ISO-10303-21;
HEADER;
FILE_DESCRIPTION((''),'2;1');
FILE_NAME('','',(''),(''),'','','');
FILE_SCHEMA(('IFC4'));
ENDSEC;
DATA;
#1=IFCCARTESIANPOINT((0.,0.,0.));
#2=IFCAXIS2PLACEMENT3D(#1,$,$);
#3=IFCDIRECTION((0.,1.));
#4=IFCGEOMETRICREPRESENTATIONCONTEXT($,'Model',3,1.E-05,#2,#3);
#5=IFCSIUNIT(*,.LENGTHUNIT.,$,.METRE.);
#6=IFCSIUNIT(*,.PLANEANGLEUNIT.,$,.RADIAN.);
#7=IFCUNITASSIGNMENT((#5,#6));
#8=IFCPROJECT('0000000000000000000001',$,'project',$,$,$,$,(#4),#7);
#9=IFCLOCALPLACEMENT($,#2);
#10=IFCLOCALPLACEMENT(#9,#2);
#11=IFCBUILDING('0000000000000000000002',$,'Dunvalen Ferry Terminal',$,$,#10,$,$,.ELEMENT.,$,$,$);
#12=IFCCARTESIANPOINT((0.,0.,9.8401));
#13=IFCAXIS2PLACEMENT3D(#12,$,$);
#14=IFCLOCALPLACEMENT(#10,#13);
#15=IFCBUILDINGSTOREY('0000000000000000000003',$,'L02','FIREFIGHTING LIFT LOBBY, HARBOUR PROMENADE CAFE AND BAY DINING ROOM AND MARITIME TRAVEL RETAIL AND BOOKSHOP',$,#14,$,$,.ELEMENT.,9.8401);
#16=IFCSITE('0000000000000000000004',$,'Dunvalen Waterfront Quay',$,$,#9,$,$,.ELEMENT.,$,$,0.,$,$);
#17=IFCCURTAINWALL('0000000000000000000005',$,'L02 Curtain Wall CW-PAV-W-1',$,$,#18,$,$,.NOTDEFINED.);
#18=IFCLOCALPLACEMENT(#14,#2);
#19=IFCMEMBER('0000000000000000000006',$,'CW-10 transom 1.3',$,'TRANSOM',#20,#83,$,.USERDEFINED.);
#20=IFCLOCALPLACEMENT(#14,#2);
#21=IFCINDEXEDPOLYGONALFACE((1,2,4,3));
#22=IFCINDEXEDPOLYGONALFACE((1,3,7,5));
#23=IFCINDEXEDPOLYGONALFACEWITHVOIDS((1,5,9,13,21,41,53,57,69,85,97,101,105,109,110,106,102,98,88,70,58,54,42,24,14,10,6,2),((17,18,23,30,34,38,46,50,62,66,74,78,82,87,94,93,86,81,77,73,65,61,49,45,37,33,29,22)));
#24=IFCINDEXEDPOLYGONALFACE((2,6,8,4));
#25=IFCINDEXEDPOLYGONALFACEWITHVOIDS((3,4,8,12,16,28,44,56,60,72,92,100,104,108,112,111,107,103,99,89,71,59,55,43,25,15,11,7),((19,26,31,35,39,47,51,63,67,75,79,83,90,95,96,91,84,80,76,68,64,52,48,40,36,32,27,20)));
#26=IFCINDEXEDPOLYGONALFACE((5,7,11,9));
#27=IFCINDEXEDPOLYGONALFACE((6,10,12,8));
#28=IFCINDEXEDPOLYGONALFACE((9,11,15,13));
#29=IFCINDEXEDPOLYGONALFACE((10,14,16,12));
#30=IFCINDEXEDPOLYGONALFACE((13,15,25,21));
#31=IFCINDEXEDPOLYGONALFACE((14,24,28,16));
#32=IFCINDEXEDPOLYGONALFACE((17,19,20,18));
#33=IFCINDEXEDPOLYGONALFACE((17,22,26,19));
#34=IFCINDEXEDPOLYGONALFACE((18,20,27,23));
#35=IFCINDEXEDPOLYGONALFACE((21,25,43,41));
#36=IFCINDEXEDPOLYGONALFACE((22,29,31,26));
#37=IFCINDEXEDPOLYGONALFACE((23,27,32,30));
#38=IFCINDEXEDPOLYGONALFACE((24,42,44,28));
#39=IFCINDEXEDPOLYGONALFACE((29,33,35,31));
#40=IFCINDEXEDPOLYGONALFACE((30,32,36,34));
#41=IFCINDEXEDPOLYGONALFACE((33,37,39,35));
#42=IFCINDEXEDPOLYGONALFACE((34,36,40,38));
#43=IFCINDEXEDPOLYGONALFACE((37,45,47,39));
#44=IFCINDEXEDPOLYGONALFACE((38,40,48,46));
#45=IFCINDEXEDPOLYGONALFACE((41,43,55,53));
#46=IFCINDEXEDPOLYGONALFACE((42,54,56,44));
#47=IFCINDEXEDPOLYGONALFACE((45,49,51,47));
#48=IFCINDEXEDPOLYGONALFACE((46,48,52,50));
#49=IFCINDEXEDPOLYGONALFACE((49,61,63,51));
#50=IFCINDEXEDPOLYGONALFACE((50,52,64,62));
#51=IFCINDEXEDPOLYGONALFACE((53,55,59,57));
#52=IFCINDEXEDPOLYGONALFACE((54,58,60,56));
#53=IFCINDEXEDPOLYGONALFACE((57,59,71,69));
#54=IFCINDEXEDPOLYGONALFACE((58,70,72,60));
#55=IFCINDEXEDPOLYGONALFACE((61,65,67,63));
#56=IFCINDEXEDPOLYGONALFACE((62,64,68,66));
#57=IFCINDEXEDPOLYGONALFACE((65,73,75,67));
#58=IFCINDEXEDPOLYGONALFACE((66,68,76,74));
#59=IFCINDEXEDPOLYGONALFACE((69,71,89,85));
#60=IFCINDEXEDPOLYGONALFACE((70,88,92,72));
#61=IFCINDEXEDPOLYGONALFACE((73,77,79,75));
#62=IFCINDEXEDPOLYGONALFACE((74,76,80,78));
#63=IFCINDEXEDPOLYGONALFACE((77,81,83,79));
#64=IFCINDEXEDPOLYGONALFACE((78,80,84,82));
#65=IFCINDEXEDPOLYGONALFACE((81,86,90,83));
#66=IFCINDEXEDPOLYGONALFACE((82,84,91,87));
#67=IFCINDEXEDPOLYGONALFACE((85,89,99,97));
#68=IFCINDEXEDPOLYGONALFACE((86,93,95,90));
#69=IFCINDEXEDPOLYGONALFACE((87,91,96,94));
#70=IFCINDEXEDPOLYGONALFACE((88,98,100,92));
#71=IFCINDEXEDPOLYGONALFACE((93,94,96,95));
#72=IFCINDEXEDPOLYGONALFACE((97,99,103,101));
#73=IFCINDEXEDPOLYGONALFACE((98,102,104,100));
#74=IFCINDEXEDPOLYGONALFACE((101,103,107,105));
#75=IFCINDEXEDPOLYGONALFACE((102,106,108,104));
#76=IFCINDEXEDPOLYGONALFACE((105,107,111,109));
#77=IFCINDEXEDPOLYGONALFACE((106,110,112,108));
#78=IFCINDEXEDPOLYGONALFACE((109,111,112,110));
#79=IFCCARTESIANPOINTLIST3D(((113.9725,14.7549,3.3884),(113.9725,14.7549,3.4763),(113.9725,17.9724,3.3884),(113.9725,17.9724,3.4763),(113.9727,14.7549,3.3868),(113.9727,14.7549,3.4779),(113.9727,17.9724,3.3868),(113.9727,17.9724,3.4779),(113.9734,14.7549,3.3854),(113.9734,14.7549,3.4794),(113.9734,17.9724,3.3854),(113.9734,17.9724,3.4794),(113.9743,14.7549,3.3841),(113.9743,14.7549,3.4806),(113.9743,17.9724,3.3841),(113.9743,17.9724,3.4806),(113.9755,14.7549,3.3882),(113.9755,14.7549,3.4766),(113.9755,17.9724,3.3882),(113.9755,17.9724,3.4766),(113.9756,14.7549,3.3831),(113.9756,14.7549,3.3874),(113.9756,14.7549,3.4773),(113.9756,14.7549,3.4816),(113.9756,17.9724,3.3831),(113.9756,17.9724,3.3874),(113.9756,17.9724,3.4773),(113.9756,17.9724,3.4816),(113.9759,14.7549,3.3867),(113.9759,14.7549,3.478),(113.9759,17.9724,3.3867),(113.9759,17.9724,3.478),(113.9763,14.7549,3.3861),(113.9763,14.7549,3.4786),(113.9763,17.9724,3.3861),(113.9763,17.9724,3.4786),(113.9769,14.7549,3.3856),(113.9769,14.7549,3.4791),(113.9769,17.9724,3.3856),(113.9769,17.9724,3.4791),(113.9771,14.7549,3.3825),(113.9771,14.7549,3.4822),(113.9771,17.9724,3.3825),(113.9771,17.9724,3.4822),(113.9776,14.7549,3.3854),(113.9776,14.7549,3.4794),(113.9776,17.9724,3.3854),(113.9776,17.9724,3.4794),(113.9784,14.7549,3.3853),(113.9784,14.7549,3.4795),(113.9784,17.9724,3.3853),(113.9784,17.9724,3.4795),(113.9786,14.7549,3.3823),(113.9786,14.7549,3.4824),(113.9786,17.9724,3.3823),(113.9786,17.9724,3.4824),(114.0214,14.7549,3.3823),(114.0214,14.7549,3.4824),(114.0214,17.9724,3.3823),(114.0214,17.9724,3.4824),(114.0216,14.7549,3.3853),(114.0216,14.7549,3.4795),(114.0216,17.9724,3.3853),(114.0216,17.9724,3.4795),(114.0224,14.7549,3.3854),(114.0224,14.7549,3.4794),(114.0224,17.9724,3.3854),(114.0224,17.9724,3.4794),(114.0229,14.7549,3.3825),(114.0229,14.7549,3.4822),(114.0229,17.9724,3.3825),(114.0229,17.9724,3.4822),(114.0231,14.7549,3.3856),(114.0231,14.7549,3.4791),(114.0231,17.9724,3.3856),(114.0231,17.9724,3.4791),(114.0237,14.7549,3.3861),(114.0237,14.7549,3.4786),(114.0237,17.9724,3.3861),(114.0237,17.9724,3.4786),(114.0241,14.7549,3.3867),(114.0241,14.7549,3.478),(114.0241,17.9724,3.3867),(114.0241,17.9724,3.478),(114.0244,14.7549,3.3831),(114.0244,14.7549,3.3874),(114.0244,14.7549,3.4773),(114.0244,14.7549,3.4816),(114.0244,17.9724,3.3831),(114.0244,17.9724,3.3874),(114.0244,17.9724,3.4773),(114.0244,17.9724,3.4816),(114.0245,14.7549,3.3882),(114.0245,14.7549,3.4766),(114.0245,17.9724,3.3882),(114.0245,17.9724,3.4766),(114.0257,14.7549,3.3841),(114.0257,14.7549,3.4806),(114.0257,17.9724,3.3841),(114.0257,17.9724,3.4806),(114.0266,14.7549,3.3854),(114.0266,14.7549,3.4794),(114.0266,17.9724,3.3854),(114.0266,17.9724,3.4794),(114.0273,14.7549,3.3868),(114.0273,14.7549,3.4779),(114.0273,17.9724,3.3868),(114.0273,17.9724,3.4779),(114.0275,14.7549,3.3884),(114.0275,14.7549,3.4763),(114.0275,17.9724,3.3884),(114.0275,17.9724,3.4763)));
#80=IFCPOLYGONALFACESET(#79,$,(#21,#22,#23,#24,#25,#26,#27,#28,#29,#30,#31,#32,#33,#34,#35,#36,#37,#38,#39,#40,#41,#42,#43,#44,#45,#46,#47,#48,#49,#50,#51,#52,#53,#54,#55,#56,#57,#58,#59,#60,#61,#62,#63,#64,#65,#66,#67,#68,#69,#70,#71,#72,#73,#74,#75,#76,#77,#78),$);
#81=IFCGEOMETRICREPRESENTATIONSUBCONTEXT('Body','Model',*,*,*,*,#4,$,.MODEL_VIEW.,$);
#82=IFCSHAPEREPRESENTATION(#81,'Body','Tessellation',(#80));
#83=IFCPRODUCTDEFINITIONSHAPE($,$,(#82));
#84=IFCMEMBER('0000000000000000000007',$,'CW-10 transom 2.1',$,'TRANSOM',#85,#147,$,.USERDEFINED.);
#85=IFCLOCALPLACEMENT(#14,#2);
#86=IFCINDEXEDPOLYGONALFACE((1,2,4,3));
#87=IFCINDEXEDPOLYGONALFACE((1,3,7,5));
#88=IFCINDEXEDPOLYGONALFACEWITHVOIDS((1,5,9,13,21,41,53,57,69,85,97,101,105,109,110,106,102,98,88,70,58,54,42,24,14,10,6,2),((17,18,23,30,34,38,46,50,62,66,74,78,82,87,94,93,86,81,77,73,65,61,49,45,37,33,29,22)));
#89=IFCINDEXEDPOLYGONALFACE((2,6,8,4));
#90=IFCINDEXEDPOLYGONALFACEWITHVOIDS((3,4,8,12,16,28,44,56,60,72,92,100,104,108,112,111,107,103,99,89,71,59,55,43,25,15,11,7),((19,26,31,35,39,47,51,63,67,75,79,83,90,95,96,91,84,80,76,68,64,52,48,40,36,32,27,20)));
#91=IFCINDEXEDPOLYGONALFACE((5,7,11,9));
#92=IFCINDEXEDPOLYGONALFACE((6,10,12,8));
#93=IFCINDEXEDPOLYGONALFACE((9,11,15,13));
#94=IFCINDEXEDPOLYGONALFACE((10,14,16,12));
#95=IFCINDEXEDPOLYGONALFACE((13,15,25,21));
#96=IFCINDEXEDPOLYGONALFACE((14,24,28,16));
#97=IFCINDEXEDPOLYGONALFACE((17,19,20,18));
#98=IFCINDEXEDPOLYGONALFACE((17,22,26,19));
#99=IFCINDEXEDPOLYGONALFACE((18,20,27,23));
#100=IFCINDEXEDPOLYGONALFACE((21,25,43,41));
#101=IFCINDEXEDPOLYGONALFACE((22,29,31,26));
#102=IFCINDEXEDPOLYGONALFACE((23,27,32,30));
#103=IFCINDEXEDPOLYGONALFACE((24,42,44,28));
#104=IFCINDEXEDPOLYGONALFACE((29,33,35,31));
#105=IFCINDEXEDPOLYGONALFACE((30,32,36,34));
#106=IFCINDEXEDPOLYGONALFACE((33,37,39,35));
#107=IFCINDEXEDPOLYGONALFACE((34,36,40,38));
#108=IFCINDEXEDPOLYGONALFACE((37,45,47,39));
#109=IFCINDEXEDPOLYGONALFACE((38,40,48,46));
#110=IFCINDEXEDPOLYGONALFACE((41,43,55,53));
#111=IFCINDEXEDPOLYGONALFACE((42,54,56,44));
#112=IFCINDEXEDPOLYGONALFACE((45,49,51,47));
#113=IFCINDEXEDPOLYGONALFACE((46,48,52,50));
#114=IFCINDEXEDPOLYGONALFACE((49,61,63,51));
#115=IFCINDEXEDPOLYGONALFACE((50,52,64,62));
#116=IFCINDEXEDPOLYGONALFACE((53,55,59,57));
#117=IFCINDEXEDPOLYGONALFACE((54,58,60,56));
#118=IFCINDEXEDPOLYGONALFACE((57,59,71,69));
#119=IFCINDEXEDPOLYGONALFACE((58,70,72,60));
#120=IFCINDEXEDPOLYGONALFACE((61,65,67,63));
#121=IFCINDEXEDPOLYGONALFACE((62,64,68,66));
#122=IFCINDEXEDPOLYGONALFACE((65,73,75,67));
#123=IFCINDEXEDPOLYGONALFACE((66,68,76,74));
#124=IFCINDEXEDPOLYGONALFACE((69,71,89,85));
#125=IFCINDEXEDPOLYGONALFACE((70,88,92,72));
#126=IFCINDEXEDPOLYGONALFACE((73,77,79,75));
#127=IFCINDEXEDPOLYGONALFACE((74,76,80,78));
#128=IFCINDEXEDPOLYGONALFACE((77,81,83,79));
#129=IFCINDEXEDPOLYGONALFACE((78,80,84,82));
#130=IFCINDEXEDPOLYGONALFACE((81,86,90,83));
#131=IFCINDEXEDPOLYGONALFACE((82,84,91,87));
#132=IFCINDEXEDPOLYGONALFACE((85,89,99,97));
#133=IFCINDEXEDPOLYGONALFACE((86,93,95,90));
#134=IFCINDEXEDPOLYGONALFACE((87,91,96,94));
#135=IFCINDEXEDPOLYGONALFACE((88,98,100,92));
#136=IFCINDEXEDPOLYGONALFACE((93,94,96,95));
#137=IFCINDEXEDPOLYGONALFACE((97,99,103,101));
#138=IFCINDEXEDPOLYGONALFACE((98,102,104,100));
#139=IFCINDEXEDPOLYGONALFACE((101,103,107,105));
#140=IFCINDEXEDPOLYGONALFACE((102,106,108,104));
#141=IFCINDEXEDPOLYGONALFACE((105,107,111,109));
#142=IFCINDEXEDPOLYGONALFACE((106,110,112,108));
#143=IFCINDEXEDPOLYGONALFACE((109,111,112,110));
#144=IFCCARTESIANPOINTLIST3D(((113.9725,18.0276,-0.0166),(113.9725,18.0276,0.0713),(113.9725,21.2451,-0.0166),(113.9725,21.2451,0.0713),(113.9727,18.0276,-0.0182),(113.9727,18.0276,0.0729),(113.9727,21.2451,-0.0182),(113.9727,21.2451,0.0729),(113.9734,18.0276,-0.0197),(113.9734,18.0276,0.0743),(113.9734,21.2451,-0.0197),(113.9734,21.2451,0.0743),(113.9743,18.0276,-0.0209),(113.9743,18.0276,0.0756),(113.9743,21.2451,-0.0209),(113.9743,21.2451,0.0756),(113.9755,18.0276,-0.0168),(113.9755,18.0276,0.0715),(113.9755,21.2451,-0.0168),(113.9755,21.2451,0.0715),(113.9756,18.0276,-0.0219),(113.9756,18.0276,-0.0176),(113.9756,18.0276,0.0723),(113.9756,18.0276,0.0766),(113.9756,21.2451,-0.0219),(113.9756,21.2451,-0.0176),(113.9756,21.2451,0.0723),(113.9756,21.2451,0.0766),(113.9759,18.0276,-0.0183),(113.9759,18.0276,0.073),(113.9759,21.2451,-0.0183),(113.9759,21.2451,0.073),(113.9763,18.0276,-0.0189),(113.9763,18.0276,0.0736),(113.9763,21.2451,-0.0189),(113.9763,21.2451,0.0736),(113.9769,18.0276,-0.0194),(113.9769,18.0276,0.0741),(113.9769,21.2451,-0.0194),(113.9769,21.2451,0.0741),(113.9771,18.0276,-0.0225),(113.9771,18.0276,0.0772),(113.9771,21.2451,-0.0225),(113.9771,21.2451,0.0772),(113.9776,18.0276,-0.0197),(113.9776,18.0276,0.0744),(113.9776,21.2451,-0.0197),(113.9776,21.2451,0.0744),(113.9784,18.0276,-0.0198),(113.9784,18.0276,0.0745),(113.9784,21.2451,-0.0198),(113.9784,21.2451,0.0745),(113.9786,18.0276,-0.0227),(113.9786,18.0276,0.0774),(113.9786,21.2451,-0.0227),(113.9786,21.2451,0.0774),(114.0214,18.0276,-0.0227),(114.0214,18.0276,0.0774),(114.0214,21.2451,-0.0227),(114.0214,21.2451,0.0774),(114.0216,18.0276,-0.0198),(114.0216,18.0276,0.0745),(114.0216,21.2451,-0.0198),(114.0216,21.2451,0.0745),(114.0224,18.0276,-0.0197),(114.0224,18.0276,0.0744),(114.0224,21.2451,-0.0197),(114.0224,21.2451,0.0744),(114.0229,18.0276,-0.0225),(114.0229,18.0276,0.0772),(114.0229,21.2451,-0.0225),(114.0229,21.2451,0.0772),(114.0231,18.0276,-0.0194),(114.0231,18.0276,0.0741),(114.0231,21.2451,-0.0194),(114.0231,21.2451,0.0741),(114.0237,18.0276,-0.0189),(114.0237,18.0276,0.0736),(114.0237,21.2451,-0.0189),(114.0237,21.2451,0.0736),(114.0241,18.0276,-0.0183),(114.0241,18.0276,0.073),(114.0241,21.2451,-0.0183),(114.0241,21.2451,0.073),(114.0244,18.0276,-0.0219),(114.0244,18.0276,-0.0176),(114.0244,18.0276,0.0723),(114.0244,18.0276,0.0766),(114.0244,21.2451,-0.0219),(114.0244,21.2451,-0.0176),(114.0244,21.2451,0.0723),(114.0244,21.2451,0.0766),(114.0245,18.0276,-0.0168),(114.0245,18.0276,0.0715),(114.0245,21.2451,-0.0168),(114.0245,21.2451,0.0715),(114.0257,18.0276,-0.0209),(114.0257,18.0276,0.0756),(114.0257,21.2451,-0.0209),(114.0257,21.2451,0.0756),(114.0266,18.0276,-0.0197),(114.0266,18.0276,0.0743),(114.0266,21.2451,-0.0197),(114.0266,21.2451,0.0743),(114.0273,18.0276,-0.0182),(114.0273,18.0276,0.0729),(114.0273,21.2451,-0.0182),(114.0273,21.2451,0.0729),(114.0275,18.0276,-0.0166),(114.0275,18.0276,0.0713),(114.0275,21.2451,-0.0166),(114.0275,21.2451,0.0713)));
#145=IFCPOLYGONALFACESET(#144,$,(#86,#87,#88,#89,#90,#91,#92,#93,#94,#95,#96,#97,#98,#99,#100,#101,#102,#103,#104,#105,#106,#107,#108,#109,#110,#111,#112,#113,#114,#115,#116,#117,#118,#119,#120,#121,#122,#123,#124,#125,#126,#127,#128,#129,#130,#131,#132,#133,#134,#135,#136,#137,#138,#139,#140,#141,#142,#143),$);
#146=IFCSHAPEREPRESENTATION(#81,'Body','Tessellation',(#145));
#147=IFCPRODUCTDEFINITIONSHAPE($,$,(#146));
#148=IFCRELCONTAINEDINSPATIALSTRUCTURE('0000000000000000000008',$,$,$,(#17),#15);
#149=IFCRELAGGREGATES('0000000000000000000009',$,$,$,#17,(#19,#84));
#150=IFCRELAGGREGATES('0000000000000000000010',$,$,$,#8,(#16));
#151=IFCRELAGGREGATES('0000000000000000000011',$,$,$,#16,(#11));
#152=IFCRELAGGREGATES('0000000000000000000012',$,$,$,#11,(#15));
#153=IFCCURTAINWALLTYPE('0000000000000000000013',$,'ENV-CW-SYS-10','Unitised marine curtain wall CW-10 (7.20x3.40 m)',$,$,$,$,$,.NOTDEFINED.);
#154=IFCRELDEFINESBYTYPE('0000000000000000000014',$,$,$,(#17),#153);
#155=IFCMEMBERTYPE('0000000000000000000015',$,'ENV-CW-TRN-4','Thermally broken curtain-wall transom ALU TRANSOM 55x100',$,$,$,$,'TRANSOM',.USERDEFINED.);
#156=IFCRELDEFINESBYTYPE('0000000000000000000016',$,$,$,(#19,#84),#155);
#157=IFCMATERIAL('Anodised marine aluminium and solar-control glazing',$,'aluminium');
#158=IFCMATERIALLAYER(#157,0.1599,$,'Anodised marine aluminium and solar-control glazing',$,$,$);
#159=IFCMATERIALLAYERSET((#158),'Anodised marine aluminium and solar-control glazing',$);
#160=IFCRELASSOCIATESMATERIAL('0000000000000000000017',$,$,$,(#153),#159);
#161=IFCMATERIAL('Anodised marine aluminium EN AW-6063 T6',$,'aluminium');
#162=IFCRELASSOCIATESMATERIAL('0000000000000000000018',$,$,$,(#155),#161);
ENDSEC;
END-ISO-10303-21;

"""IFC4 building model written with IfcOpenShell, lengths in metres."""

from ifc_helpers import new_model, si_unit, direction, frame, origin, origin_2d, place, context, subcontext, project, spatial, hollow_rectangle, extrude, material, layer, layer_set, material_profile, profile_set, type_object, element, aggregate, save


model = new_model("IFC4")

# Units and contexts
model_context = context("Model", 3, precision=1e-05, world=origin(), true_north=direction((0.0, 1.0)))
body_context = subcontext(model_context, "Body", "Model", "MODEL_VIEW")
ifc_project = project(units=[si_unit("LENGTHUNIT", "METRE"), si_unit("PLANEANGLEUNIT", "RADIAN")], contexts=[model_context])

# Site, building, storey
site_placement = place(None, origin())
site = spatial("IfcSite", under=ifc_project, at=site_placement, Name="Dunvalen Waterfront Quay", CompositionType="ELEMENT", RefElevation=0.0)
building_placement = place(site_placement, origin())
building = spatial("IfcBuilding", under=site, at=building_placement, Name="Dunvalen Ferry Terminal", CompositionType="ELEMENT")
storey_placement = place(building_placement, frame((0.0, 0.0, 9.8401)))
storey = spatial("IfcBuildingStorey", under=building, at=storey_placement, Name="L02", Description="FIREFIGHTING LIFT LOBBY, HARBOUR PROMENADE CAFE AND BAY DINING ROOM AND MARITIME TRAVEL RETAIL AND BOOKSHOP", CompositionType="ELEMENT", Elevation=9.8401)

# Curtain wall
ifc_material_1 = material(Name="Anodised marine aluminium and solar-control glazing", Category="aluminium")
ifc_layer_1 = layer(ifc_material_1, 0.1599, Name="Anodised marine aluminium and solar-control glazing")
ifc_layer_set_1 = layer_set([ifc_layer_1], Name="Anodised marine aluminium and solar-control glazing")
curtain_wall_type = type_object("IfcCurtainWallType", Name="ENV-CW-SYS-10", Description="Unitised marine curtain wall CW-10 (7.20x3.40 m)", PredefinedType="NOTDEFINED", material=ifc_layer_set_1)
curtain_wall_1_placement = place(storey_placement, origin())
curtain_wall_1 = element("IfcCurtainWall", 1, at=curtain_wall_1_placement, inside=storey, type_object=curtain_wall_type, Name="L02 Curtain Wall CW-PAV-W-1", PredefinedType="NOTDEFINED")
ifc_material_2 = material(Name="Anodised marine aluminium EN AW-6063 T6", Category="aluminium")

# Members
ifc_material_profile_1 = material_profile(ifc_material_2, hollow_rectangle(XDim=0.0549, YDim=0.1001, WallThickness=0.0029, InnerFilletRadius=0.0029, OuterFilletRadius=0.0061, at=origin_2d()), Name="Anodised marine aluminium EN AW-6063 T6")
ifc_profile_set_1 = profile_set([ifc_material_profile_1], Name="Anodised marine aluminium EN AW-6063 T6")
member_type_1 = type_object("IfcMemberType", Name="ENV-CW-TRN-4", Description="Thermally broken curtain-wall transom ALU TRANSOM 55x100", ElementType="TRANSOM", PredefinedType="USERDEFINED", material=ifc_profile_set_1)
member_1_placement = place(storey_placement, frame((114.0, 14.7549, 3.4324), z_axis=(0.0, 1.0, 0.0), x_axis=(-1.0, 0.0, 0.0)))
member_1 = element("IfcMember", 2, at=member_1_placement, type_object=member_type_1, Name="CW-10 transom 1.3", ObjectType="TRANSOM", PredefinedType="USERDEFINED", context=body_context, shape_type="SweptSolid", body=[
    extrude(hollow_rectangle(XDim=0.0549, YDim=0.1001, WallThickness=0.0029, InnerFilletRadius=0.0029, OuterFilletRadius=0.0061, at=origin_2d()), origin(), (0.0, 0.0, 1.0), 3.2175),
])
member_2_placement = place(storey_placement, frame((114.0, 18.0276, 0.0273), z_axis=(0.0, 1.0, 0.0), x_axis=(-1.0, 0.0, 0.0)))
member_2 = element("IfcMember", 3, at=member_2_placement, type_object=member_type_1, Name="CW-10 transom 2.1", ObjectType="TRANSOM", PredefinedType="USERDEFINED", context=body_context, shape_type="SweptSolid", body=[
    extrude(hollow_rectangle(XDim=0.0549, YDim=0.1001, WallThickness=0.0029, InnerFilletRadius=0.0029, OuterFilletRadius=0.0061, at=origin_2d()), origin(), (0.0, 0.0, 1.0), 3.2175),
])

aggregate(curtain_wall_1, [member_1, member_2])

save(model, "model.ifc")
